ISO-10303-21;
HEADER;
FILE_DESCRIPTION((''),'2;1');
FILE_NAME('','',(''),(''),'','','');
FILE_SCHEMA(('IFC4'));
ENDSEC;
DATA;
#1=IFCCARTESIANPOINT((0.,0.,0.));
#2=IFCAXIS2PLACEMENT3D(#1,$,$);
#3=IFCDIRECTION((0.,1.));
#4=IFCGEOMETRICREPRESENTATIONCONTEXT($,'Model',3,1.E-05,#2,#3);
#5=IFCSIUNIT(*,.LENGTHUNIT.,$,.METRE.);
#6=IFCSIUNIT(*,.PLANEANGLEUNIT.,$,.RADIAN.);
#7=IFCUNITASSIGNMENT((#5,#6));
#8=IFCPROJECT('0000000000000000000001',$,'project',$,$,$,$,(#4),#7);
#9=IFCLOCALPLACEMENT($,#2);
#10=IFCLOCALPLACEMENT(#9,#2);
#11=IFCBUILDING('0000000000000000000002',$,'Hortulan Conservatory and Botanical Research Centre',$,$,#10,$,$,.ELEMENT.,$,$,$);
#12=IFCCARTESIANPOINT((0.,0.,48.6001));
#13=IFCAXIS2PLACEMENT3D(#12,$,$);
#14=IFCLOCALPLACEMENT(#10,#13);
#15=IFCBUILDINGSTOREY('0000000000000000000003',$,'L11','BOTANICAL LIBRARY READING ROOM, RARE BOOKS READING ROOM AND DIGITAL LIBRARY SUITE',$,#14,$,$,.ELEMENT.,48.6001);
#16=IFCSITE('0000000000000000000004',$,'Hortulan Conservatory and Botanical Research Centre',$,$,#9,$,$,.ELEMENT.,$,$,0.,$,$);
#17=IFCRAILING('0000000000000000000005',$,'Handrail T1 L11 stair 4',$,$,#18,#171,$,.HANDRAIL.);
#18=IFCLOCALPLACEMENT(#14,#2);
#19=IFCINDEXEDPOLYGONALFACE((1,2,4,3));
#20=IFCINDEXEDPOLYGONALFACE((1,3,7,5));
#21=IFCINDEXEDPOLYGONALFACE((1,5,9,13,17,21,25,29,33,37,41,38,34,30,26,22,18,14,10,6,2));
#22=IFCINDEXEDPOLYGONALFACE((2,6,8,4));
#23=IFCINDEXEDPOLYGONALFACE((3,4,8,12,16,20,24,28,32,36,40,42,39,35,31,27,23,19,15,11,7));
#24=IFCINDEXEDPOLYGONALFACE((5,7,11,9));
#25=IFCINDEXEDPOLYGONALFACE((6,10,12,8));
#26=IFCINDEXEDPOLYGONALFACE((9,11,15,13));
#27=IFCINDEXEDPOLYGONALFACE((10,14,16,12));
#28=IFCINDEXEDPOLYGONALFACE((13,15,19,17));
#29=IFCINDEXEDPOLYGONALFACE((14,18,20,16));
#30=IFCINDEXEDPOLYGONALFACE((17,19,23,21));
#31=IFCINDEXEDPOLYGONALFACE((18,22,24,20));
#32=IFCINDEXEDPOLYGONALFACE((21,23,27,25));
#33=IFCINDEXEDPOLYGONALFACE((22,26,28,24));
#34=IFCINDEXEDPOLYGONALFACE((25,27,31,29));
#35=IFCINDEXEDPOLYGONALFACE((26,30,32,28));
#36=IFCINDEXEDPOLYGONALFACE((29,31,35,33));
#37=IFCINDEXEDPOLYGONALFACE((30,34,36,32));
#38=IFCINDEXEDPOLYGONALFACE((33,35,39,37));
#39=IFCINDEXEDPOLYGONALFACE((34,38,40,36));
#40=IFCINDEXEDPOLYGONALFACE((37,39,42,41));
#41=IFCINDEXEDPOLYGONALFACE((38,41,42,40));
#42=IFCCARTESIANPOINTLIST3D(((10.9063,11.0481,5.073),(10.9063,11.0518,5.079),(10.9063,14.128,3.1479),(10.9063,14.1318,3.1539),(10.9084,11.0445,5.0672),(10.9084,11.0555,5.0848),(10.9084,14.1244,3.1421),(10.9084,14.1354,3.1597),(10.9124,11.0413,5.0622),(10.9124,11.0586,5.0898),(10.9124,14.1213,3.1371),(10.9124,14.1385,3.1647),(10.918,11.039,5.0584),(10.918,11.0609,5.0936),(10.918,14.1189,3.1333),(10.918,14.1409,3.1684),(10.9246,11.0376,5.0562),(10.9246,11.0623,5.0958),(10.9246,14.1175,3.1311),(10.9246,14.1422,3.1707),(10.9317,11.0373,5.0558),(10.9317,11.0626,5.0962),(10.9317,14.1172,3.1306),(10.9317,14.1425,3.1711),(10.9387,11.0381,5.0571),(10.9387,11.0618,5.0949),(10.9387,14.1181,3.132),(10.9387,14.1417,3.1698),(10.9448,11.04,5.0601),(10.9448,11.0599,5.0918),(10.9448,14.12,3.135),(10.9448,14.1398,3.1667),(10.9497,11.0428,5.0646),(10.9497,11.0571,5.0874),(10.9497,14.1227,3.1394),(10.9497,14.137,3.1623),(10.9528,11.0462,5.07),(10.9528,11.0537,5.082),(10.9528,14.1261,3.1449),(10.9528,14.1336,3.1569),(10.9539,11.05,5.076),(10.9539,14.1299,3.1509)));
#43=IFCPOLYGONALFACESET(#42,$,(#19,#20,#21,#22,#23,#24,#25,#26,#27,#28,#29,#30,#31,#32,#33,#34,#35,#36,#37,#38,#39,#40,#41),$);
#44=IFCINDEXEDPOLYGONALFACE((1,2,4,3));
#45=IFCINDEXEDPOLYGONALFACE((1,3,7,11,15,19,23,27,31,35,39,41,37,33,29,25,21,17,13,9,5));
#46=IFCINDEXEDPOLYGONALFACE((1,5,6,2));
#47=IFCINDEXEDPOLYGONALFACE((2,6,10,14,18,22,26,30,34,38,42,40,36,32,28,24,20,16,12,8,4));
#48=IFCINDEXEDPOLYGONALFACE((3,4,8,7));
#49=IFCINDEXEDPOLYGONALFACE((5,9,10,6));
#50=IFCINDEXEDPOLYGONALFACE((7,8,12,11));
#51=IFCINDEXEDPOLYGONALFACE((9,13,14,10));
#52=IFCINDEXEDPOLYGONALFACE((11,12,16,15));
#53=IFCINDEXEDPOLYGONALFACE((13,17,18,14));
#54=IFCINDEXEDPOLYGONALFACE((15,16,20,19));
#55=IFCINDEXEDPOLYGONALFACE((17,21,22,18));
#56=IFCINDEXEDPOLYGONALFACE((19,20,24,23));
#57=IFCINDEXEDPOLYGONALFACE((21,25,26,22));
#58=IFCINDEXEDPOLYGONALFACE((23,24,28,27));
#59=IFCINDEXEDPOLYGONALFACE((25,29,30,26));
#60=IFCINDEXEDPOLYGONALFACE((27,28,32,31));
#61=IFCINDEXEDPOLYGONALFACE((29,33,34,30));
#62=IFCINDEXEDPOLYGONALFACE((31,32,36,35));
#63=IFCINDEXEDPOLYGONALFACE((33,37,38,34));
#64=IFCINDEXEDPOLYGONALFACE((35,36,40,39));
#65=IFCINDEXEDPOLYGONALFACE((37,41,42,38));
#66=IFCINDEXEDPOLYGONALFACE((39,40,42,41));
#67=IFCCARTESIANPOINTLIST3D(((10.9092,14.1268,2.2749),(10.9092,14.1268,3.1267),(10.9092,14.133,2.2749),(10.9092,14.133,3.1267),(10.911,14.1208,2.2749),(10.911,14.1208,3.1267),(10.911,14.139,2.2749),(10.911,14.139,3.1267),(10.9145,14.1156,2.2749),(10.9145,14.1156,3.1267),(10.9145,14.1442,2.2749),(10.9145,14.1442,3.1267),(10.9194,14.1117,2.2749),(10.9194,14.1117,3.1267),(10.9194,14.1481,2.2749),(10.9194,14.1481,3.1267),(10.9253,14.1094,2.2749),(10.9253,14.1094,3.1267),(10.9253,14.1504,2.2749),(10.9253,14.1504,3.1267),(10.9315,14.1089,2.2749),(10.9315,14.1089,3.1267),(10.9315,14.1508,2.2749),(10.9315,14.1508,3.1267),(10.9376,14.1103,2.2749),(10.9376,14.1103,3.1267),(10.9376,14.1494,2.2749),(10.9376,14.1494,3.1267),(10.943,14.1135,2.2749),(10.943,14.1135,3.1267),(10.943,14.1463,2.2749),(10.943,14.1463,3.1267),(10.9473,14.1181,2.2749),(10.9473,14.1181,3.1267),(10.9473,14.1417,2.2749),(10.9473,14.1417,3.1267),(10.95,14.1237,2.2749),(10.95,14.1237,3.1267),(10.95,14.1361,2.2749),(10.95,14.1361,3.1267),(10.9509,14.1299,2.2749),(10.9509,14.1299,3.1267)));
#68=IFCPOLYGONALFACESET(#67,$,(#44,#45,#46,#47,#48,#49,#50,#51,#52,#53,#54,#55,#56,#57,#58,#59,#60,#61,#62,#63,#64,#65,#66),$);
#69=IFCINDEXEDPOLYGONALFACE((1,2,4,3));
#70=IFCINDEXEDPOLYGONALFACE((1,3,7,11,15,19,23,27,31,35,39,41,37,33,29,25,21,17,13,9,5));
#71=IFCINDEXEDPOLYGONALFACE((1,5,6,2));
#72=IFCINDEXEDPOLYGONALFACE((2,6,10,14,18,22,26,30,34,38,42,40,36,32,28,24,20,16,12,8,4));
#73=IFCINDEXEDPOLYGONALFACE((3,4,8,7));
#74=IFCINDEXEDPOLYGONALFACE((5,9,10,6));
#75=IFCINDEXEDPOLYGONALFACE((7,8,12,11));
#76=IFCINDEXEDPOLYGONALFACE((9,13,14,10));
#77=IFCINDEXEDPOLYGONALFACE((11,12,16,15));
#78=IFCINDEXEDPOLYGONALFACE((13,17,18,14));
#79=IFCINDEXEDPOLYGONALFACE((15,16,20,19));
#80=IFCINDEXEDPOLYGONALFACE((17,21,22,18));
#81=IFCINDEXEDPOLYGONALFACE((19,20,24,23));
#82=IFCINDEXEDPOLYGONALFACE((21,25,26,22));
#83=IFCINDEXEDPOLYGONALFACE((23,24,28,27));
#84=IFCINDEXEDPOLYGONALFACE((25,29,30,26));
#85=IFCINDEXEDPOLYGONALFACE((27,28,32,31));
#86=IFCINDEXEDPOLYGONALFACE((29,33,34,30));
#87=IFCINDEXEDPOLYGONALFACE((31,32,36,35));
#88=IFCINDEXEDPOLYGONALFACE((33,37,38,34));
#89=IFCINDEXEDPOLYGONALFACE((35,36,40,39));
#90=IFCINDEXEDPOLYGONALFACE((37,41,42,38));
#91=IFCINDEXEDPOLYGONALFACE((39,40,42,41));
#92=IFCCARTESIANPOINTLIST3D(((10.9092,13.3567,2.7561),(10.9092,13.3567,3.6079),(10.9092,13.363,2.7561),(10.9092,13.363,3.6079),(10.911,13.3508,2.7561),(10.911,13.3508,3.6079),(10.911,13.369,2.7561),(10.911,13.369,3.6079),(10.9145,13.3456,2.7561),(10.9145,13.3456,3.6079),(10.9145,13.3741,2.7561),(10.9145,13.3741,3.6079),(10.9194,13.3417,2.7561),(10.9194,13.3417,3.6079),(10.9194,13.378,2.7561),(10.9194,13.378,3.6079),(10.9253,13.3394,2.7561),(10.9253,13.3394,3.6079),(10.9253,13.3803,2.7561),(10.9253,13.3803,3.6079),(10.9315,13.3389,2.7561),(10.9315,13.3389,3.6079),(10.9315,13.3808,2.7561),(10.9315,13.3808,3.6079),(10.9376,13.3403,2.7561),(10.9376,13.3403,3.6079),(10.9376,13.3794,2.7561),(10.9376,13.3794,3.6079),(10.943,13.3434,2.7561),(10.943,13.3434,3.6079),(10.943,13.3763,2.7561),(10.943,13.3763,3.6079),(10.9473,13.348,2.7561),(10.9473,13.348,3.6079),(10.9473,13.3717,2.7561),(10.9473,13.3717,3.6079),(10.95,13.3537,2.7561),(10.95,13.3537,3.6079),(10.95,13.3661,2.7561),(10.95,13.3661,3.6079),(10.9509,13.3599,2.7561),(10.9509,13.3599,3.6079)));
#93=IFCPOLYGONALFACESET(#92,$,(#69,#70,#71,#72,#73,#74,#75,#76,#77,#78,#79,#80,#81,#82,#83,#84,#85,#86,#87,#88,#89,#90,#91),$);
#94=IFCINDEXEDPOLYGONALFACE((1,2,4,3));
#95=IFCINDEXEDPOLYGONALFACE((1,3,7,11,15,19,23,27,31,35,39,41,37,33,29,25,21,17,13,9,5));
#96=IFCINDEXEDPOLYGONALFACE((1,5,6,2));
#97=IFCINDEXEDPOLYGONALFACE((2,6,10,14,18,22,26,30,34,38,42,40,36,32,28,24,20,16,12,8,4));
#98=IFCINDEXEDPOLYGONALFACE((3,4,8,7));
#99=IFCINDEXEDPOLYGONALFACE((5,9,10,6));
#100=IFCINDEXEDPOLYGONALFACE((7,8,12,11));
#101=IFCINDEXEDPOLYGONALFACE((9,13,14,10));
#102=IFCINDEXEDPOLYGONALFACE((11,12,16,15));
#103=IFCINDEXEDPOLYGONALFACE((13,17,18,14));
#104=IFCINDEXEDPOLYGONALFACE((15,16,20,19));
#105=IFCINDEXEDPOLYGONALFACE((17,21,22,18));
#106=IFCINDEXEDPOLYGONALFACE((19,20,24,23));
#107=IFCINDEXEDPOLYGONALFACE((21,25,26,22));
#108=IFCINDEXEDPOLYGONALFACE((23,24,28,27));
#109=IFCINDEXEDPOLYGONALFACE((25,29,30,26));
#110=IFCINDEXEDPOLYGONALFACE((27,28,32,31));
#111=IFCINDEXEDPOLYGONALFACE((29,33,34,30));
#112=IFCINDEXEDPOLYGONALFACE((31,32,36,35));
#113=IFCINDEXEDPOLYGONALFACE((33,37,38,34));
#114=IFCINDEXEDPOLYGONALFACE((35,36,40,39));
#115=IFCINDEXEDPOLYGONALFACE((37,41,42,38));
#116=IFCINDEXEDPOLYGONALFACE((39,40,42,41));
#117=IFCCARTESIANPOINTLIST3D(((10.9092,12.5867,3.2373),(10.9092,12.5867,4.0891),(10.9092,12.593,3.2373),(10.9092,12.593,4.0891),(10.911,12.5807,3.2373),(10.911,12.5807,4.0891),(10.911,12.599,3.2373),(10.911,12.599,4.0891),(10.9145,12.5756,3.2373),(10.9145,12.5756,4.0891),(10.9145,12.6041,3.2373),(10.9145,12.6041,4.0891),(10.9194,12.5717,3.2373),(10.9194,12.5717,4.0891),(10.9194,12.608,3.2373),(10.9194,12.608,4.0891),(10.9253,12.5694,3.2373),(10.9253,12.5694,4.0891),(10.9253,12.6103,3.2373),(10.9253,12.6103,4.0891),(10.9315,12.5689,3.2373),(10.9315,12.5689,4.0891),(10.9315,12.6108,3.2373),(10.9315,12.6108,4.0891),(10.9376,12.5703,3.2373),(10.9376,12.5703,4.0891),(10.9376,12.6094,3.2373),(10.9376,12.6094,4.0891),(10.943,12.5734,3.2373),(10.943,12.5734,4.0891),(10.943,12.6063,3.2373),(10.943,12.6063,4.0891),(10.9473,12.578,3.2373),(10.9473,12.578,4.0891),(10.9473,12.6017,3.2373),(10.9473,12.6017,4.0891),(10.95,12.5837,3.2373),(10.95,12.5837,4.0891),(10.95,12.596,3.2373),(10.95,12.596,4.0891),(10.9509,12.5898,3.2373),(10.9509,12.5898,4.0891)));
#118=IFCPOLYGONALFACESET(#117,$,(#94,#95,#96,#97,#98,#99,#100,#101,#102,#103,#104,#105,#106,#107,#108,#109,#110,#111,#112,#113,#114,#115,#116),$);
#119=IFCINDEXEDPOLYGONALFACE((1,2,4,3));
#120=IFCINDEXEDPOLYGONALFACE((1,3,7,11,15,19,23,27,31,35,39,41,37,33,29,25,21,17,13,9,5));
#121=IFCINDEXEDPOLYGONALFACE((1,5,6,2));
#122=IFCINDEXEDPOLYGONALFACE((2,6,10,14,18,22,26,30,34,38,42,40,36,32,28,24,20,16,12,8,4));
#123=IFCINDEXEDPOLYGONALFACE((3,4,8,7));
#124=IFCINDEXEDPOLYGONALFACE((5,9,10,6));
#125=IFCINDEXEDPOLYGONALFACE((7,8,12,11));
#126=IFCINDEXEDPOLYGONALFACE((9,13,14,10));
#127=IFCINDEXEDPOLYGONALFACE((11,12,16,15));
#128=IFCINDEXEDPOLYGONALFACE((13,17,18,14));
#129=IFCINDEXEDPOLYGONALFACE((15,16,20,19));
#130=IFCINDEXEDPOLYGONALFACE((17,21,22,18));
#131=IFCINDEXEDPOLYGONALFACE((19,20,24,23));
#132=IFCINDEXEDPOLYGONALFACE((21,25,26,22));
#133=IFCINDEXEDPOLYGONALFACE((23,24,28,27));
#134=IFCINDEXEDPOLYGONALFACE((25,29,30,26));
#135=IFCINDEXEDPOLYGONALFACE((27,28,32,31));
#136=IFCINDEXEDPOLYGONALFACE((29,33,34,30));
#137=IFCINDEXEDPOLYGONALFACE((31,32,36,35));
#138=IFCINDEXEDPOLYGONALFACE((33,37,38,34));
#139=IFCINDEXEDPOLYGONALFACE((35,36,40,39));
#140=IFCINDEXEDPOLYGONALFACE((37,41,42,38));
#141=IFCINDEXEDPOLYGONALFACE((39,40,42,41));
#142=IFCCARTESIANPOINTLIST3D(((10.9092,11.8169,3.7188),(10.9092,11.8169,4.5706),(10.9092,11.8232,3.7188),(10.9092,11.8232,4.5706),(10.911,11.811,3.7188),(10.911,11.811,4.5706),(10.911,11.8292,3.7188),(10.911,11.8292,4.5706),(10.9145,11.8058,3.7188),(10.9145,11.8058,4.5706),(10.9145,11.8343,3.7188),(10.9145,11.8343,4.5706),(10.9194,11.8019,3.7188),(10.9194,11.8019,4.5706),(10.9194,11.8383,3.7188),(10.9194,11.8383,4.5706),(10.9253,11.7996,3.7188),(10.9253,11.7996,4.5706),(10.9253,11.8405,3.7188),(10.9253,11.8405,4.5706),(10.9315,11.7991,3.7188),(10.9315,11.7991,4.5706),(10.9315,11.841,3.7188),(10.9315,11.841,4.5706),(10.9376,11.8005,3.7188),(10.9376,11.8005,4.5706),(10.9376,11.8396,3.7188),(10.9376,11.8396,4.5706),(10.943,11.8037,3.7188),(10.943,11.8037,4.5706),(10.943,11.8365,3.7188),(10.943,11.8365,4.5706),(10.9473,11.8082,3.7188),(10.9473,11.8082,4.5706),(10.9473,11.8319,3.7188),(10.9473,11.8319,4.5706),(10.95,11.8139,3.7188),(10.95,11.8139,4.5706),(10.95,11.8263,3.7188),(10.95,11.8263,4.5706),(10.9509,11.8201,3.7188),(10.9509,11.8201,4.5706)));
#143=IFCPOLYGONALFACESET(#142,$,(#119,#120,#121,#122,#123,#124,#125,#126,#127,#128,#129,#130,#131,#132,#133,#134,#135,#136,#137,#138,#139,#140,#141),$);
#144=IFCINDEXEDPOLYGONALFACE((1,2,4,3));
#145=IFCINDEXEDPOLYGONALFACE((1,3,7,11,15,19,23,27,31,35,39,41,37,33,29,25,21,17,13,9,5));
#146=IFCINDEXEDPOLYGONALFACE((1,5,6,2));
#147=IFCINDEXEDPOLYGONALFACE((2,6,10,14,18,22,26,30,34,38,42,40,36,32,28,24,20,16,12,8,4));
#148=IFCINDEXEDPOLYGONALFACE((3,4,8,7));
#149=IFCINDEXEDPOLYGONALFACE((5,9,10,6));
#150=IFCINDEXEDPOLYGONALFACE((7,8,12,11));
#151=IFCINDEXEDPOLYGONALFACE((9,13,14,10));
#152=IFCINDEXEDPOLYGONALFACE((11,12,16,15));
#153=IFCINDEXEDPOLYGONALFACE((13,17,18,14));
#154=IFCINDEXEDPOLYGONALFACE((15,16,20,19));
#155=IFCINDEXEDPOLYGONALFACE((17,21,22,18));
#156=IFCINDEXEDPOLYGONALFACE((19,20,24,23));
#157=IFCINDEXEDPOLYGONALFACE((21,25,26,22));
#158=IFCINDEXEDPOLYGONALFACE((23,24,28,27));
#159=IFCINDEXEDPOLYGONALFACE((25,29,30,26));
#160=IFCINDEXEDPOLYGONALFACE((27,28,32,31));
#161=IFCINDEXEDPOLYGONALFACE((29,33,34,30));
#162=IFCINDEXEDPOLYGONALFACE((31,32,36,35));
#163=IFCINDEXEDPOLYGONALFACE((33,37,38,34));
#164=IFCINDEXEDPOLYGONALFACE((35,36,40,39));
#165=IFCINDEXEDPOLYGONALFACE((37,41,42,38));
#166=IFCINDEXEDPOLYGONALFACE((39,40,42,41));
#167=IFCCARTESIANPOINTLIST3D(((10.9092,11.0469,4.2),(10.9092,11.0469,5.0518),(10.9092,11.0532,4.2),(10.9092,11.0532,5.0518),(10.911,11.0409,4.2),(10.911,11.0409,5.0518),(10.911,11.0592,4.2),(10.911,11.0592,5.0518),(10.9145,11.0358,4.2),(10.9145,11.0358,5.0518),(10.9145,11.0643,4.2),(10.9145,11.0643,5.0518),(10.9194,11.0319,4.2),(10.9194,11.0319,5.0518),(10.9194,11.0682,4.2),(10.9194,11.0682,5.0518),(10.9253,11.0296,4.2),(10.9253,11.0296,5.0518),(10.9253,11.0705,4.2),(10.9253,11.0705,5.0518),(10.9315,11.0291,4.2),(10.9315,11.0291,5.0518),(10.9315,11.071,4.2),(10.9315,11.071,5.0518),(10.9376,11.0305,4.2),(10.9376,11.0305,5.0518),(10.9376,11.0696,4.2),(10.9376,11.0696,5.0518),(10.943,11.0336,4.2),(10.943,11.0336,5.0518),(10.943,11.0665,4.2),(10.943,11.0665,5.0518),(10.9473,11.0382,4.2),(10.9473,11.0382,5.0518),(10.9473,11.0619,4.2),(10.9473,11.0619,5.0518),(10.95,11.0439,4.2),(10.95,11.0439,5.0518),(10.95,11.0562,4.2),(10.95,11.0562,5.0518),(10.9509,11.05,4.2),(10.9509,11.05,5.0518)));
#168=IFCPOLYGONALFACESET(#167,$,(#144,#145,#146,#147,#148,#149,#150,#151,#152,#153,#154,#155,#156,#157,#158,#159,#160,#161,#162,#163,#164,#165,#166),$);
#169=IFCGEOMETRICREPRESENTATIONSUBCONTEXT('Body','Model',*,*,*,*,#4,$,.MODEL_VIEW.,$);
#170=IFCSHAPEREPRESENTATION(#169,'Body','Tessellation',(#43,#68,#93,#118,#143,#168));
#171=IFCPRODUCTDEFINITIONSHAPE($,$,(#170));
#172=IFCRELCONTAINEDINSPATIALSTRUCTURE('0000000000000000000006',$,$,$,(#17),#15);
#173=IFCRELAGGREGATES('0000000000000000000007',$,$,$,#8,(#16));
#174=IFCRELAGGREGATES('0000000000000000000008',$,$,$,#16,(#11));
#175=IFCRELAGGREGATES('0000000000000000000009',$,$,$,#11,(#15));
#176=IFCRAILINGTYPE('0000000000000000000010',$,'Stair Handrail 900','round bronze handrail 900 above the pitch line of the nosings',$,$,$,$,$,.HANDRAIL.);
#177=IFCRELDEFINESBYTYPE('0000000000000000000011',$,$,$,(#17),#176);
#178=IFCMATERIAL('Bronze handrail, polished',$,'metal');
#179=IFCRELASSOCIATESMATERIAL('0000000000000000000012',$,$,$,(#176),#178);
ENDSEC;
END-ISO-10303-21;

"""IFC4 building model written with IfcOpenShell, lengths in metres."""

from ifc_helpers import new_model, si_unit, direction, frame, origin, origin_2d, place, context, subcontext, project, spatial, circle, extrude, material, type_object, element, save


model = new_model("IFC4")

# Units and contexts
model_context = context("Model", 3, precision=1e-05, world=origin(), true_north=direction((0.0, 1.0)))
body_context = subcontext(model_context, "Body", "Model", "MODEL_VIEW")
ifc_project = project(units=[si_unit("LENGTHUNIT", "METRE"), si_unit("PLANEANGLEUNIT", "RADIAN")], contexts=[model_context])

# Site, building, storey
site_placement = place(None, origin())
site = spatial("IfcSite", under=ifc_project, at=site_placement, Name="Hortulan Conservatory and Botanical Research Centre", CompositionType="ELEMENT", RefElevation=0.0)
building_placement = place(site_placement, origin())
building = spatial("IfcBuilding", under=site, at=building_placement, Name="Hortulan Conservatory and Botanical Research Centre", CompositionType="ELEMENT")
storey_placement = place(building_placement, frame((0.0, 0.0, 48.6001)))
storey = spatial("IfcBuildingStorey", under=building, at=storey_placement, Name="L11", Description="BOTANICAL LIBRARY READING ROOM, RARE BOOKS READING ROOM AND DIGITAL LIBRARY SUITE", CompositionType="ELEMENT", Elevation=48.6001)

# Railing
ifc_material_1 = material(Name="Bronze handrail, polished", Category="metal")
railing_type_1 = type_object("IfcRailingType", Name="Stair Handrail 900", Description="round bronze handrail 900 above the pitch line of the nosings", PredefinedType="HANDRAIL", material=ifc_material_1)
railing_1_placement = place(storey_placement, frame((10.9299, 14.1299, 2.2749)))
element("IfcRailing", 1, at=railing_1_placement, inside=storey, type_object=railing_type_1, Name="Handrail T1 L11 stair 4", PredefinedType="HANDRAIL", context=body_context, shape_type="SweptSolid", body=[
    extrude(circle(Radius=0.0239, at=origin_2d()), frame((0.0, 0.0, 0.876), z_axis=(0.0, -0.847979, 0.530029), x_axis=(1.0, 0.0, 0.0)), (0.0, 0.0, 1.0), 3.6321),
    extrude(circle(Radius=0.021, at=origin_2d()), origin(), (0.0, 0.0, 1.0), 0.8518),
    extrude(circle(Radius=0.021, at=origin_2d()), frame((0.0, -0.77, 0.4812)), (0.0, 0.0, 1.0), 0.8518),
    extrude(circle(Radius=0.021, at=origin_2d()), frame((0.0, -1.54, 0.9624)), (0.0, 0.0, 1.0), 0.8518),
    extrude(circle(Radius=0.021, at=origin_2d()), frame((0.0, -2.3098, 1.4438)), (0.0, 0.0, 1.0), 0.8518),
    extrude(circle(Radius=0.021, at=origin_2d()), frame((0.0, -3.0798, 1.925)), (0.0, 0.0, 1.0), 0.8518),
])

save(model, "model.ifc")
